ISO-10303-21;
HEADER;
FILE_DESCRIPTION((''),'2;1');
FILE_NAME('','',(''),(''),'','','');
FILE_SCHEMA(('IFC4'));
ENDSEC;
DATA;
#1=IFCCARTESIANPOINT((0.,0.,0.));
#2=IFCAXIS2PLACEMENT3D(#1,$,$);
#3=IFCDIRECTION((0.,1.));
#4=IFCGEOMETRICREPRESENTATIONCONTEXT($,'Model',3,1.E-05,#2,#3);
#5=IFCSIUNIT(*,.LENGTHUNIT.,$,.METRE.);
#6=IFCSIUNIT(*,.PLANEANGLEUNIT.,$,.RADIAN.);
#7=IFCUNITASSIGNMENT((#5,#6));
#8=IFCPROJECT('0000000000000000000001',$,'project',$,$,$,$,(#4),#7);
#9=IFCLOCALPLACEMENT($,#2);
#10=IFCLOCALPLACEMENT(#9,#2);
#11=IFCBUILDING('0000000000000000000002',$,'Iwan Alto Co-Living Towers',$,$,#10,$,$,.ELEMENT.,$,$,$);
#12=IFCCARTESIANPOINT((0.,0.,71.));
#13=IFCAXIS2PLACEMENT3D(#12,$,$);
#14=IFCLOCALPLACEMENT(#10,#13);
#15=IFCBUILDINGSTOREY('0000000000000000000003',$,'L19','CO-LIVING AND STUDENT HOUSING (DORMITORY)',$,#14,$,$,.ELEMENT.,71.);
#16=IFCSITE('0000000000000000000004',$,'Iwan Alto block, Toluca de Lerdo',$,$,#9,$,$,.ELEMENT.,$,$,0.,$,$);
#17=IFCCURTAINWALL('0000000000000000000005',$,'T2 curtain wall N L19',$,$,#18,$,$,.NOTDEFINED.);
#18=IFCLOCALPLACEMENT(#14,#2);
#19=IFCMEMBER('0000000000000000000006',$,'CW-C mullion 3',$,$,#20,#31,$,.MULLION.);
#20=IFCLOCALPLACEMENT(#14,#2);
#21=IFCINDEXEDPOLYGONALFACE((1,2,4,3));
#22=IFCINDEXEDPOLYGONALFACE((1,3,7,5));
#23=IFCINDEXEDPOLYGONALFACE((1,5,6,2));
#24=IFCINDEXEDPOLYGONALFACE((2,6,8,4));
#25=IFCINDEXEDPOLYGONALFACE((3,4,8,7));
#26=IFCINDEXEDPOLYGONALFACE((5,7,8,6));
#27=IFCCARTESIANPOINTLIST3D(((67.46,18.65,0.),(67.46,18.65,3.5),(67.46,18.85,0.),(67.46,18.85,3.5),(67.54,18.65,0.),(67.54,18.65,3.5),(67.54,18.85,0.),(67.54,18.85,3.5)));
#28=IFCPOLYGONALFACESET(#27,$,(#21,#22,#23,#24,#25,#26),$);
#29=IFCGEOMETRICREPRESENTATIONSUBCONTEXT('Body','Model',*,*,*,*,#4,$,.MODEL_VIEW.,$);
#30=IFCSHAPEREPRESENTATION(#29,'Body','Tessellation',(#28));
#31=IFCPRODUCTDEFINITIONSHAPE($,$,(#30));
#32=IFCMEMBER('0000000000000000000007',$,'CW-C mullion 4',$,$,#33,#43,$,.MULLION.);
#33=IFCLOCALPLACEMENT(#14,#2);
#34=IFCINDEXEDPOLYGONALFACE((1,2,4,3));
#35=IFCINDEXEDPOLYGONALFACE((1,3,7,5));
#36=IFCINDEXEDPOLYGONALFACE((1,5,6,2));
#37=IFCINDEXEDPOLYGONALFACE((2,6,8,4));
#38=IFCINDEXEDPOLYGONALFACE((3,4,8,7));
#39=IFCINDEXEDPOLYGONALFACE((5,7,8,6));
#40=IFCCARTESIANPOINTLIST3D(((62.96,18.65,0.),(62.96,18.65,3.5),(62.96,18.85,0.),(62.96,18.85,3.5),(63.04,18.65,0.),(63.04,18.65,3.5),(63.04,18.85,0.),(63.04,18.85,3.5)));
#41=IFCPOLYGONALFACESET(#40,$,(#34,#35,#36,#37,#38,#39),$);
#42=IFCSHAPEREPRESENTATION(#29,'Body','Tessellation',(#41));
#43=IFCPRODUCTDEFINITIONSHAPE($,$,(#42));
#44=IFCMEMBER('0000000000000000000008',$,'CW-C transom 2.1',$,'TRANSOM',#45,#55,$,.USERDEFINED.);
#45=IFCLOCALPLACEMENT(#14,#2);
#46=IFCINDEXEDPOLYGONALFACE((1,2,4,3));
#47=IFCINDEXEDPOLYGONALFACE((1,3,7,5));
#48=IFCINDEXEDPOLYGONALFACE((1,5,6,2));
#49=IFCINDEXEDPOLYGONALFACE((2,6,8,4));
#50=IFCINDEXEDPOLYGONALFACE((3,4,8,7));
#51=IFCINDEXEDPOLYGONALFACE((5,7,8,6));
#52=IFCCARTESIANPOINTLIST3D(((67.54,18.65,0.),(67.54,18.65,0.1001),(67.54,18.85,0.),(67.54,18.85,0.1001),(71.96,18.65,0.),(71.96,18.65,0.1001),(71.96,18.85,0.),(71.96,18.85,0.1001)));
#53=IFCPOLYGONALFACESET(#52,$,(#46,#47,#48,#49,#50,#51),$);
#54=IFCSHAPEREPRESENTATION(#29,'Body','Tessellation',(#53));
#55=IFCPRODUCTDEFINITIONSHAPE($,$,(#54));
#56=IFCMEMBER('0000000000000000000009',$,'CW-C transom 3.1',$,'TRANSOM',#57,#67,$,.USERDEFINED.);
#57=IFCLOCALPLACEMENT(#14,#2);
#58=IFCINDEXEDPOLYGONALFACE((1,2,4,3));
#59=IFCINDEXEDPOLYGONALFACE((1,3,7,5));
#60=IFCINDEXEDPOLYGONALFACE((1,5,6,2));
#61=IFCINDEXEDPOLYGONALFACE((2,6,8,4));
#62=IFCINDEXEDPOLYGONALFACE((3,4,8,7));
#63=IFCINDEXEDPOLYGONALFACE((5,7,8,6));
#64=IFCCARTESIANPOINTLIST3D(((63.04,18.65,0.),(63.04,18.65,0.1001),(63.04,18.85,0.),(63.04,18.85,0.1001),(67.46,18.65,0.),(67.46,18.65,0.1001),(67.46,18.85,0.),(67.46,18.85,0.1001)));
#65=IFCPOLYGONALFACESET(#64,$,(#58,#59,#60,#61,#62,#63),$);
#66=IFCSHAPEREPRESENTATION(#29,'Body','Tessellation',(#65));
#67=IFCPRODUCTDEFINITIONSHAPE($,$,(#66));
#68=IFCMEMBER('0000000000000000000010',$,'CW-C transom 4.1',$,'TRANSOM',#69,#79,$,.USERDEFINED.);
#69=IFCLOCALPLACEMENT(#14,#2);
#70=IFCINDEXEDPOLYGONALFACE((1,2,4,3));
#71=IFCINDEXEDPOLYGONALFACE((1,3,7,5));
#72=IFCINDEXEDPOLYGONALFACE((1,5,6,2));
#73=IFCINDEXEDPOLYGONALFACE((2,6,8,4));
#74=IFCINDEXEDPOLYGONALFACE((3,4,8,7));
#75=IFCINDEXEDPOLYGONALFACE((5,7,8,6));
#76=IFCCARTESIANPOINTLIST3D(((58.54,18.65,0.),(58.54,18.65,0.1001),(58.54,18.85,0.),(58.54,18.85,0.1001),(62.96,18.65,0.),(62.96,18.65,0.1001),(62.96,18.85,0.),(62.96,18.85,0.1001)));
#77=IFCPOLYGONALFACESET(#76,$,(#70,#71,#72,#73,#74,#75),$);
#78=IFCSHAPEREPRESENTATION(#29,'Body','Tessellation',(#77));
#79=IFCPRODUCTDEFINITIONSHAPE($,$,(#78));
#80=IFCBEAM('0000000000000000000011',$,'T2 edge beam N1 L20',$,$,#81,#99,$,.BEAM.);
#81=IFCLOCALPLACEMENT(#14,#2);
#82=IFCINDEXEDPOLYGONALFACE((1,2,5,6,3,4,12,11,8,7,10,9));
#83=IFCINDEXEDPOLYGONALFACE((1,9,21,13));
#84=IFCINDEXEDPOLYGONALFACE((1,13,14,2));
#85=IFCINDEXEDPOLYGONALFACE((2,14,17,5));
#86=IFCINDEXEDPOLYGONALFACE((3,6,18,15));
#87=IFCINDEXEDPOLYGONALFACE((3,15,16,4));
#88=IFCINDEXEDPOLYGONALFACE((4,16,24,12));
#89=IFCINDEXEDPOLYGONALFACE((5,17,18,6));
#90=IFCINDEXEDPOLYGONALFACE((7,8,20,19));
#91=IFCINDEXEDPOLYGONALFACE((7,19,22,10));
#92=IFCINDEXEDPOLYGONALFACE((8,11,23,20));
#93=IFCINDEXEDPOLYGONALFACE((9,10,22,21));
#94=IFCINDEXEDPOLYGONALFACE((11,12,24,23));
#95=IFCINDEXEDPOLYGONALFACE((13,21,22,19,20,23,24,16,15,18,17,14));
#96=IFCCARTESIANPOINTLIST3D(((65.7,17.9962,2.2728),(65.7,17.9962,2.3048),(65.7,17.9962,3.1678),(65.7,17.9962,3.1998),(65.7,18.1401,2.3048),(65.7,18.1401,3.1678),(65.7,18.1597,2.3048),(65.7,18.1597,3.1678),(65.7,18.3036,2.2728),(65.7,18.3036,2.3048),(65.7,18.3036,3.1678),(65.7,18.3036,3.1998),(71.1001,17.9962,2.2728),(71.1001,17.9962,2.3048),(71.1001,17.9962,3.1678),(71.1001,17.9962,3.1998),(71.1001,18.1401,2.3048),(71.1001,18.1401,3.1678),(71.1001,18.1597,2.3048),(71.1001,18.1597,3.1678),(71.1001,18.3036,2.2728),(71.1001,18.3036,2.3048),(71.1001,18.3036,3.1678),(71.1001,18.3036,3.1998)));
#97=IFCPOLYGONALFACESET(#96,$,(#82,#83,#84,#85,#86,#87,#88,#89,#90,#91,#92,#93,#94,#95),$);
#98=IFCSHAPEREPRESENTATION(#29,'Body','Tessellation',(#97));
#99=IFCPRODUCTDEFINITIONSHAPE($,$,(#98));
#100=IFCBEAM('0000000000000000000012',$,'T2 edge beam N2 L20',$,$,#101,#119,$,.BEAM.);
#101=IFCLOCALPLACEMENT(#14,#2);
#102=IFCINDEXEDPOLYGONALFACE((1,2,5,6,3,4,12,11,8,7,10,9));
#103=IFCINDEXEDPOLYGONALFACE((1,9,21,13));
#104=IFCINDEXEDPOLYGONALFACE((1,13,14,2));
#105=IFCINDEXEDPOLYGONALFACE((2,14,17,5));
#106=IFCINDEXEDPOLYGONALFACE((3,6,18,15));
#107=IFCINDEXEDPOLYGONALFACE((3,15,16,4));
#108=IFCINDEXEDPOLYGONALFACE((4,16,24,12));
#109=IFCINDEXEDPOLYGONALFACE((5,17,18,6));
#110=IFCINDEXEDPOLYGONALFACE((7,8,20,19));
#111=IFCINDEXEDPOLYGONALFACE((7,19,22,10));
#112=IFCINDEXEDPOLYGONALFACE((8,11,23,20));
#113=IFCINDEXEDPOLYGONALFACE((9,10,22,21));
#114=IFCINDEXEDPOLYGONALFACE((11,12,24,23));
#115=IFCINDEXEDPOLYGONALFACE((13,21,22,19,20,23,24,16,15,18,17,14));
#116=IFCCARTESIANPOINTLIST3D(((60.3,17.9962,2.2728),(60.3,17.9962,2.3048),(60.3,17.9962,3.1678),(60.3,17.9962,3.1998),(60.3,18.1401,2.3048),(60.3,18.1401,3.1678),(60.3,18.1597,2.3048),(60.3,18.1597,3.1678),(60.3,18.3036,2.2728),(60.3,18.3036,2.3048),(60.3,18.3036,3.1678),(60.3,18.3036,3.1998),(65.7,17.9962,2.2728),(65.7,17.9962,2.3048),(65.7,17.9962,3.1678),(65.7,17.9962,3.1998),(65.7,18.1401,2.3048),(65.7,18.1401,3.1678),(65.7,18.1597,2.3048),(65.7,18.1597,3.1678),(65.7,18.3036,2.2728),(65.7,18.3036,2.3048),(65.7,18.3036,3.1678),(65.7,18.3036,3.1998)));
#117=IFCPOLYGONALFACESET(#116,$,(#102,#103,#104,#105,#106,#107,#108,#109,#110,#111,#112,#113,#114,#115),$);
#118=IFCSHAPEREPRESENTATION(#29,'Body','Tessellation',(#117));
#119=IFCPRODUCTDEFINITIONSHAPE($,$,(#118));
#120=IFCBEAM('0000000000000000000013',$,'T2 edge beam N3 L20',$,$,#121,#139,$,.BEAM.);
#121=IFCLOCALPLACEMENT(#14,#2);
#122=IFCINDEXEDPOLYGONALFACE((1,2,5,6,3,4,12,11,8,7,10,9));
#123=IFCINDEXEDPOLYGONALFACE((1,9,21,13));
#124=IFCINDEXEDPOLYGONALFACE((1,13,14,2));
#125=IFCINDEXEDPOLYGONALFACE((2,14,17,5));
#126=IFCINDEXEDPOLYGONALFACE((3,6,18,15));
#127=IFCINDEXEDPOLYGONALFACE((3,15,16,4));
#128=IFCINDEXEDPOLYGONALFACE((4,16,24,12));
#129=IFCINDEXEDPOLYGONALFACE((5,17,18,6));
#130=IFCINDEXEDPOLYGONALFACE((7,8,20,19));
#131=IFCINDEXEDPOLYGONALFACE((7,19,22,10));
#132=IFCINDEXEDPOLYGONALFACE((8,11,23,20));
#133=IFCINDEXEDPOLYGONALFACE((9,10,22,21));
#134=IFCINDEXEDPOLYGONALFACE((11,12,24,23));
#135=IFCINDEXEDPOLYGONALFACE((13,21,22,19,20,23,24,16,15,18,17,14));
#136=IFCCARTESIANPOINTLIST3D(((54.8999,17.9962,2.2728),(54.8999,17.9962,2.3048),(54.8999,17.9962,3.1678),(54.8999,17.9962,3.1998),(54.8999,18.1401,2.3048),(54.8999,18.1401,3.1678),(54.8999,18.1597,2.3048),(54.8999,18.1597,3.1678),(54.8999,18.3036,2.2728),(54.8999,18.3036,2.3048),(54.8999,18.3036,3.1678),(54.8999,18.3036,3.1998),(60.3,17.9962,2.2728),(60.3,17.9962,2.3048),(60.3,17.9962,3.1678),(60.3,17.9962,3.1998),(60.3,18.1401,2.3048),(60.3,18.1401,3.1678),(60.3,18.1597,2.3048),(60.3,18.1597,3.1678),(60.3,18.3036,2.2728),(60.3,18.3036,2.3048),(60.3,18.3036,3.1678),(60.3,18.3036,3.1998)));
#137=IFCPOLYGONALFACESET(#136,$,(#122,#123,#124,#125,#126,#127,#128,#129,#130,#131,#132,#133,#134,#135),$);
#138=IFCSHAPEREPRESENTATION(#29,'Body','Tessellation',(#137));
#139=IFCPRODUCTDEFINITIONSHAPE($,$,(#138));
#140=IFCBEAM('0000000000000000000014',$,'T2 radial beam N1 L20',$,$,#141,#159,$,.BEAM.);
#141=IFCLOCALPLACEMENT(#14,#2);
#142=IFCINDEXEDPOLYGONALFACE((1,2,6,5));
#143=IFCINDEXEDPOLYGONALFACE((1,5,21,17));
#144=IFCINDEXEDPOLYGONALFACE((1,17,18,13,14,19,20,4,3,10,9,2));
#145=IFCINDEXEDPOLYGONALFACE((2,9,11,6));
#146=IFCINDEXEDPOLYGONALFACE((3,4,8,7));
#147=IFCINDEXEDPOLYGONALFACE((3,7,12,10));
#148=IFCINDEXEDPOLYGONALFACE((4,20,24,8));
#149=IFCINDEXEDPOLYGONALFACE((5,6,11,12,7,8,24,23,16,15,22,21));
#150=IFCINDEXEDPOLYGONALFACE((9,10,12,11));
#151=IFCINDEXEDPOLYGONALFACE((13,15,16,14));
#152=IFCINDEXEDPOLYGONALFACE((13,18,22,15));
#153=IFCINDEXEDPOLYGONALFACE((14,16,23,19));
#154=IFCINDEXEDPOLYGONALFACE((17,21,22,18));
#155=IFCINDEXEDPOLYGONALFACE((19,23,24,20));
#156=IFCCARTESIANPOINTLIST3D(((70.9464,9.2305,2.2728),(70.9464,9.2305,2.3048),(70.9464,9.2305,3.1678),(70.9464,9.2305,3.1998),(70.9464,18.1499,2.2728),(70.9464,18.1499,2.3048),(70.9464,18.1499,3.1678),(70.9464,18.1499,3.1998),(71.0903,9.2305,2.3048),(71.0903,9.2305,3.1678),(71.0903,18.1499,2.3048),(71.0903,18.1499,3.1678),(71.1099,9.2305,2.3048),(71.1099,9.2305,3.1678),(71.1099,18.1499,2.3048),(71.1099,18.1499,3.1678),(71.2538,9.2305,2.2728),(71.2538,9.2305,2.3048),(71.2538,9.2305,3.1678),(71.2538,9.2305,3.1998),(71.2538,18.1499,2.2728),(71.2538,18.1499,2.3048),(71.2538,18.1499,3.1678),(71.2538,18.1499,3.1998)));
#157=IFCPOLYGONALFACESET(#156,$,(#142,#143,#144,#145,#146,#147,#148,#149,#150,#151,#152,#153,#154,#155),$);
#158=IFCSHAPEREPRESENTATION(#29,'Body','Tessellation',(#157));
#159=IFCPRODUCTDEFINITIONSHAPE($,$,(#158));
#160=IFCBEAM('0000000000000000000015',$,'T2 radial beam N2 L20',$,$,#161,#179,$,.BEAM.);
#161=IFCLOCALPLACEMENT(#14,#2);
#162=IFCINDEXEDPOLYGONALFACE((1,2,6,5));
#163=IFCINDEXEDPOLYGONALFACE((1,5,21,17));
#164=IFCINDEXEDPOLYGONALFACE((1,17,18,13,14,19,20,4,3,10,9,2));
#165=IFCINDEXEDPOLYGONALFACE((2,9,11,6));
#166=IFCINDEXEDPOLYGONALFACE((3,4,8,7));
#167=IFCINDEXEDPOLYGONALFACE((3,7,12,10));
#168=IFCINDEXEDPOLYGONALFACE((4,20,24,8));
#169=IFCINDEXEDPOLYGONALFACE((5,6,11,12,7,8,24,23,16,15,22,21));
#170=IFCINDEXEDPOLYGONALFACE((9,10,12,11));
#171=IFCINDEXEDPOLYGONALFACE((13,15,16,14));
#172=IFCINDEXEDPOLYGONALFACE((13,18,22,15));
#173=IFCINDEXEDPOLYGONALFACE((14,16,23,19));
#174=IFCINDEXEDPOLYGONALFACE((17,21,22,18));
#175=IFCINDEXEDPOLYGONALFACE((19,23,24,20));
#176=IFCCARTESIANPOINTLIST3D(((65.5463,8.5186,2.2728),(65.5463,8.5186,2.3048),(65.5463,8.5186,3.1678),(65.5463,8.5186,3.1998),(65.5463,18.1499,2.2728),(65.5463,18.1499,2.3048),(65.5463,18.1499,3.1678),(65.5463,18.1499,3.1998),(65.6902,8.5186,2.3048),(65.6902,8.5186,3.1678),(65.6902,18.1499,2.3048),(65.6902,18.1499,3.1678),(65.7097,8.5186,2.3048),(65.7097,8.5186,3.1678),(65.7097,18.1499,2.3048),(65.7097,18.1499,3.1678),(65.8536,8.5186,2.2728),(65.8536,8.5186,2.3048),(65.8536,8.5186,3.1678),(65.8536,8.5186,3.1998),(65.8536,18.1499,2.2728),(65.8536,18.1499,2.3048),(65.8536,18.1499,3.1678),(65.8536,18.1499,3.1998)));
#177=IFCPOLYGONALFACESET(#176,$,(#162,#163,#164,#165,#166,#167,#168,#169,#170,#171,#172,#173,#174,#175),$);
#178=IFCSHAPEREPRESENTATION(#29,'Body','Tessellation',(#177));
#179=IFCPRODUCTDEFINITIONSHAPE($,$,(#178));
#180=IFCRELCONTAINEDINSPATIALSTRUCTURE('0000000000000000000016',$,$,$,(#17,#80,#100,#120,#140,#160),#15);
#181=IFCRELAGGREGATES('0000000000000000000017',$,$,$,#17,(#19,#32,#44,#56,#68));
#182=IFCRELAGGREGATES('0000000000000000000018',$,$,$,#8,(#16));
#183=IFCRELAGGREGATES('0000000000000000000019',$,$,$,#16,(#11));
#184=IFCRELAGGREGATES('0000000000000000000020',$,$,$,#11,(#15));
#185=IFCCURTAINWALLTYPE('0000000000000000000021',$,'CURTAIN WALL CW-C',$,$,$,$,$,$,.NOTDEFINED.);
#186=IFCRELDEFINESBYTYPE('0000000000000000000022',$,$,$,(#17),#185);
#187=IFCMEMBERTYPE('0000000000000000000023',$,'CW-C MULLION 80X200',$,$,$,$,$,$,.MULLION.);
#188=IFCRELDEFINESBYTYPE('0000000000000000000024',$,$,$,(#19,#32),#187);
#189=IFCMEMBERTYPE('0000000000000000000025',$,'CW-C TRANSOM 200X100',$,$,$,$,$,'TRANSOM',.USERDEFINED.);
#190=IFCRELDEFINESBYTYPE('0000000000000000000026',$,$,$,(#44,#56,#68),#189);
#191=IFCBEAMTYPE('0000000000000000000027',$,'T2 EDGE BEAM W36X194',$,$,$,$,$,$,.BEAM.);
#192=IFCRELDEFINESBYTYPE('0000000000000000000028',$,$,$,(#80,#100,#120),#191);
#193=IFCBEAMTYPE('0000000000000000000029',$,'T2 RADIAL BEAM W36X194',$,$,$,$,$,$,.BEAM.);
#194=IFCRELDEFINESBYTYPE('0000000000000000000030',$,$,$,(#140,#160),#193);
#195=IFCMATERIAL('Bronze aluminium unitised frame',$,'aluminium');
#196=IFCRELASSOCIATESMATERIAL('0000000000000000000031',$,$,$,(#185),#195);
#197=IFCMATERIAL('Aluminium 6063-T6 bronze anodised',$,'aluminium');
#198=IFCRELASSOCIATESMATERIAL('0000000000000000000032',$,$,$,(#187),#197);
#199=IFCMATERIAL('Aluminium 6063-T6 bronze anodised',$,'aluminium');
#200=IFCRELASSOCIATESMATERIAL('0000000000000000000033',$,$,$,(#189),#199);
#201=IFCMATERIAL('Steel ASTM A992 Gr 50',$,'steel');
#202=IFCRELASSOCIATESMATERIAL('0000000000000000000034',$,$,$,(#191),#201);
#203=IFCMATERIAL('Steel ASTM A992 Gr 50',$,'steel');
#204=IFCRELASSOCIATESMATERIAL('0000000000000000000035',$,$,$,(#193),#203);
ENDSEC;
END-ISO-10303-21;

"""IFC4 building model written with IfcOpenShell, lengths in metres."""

from ifc_helpers import new_model, si_unit, direction, frame, origin, origin_2d, place, context, subcontext, project, spatial, rectangle, i_section, extrude, material, material_profile, profile_set, type_object, element, aggregate, save


model = new_model("IFC4")

# Units and contexts
model_context = context("Model", 3, precision=1e-05, world=origin(), true_north=direction((0.0, 1.0)))
body_context = subcontext(model_context, "Body", "Model", "MODEL_VIEW")
ifc_project = project(units=[si_unit("LENGTHUNIT", "METRE"), si_unit("PLANEANGLEUNIT", "RADIAN")], contexts=[model_context])

# Site, building, storey
site_placement = place(None, origin())
site = spatial("IfcSite", under=ifc_project, at=site_placement, Name="Iwan Alto block, Toluca de Lerdo", CompositionType="ELEMENT", RefElevation=0.0)
building_placement = place(site_placement, origin())
building = spatial("IfcBuilding", under=site, at=building_placement, Name="Iwan Alto Co-Living Towers", CompositionType="ELEMENT")
storey_placement = place(building_placement, frame((0.0, 0.0, 71.0)))
storey = spatial("IfcBuildingStorey", under=building, at=storey_placement, Name="L19", Description="CO-LIVING AND STUDENT HOUSING (DORMITORY)", CompositionType="ELEMENT", Elevation=71.0)

# Curtain wall, members
ifc_material_1 = material(Name="Bronze aluminium unitised frame", Category="aluminium")
curtain_wall_type = type_object("IfcCurtainWallType", Name="CURTAIN WALL CW-C", PredefinedType="NOTDEFINED", material=ifc_material_1)
curtain_wall_placement = place(storey_placement, origin())
curtain_wall = element("IfcCurtainWall", 1, at=curtain_wall_placement, inside=storey, type_object=curtain_wall_type, Name="T2 curtain wall N L19", PredefinedType="NOTDEFINED")
ifc_material_2 = material(Name="Aluminium 6063-T6 bronze anodised", Category="aluminium")
ifc_material_profile_1 = material_profile(ifc_material_2, rectangle(XDim=0.2, YDim=0.0801, at=origin_2d()), Name="AL 80X200")
ifc_profile_set_1 = profile_set([ifc_material_profile_1], Name="Aluminium 6063-T6 bronze anodised")
member_type_1 = type_object("IfcMemberType", Name="CW-C MULLION 80X200", PredefinedType="MULLION", material=ifc_profile_set_1)
member_1_placement = place(storey_placement, frame((67.5, 18.75, 0.0), z_axis=(0.0, 0.0, 1.0), x_axis=(0.0, -1.0, 0.0)))
member_1 = element("IfcMember", 2, at=member_1_placement, type_object=member_type_1, Name="CW-C mullion 3", PredefinedType="MULLION", context=body_context, shape_type="SweptSolid", body=[
    extrude(rectangle(XDim=0.2, YDim=0.0801, at=origin_2d()), origin(), (0.0, 0.0, 1.0), 3.5),
])
member_2_placement = place(storey_placement, frame((63.0, 18.75, 0.0), z_axis=(0.0, 0.0, 1.0), x_axis=(0.0, -1.0, 0.0)))
member_2 = element("IfcMember", 3, at=member_2_placement, type_object=member_type_1, Name="CW-C mullion 4", PredefinedType="MULLION", context=body_context, shape_type="SweptSolid", body=[
    extrude(rectangle(XDim=0.2, YDim=0.0801, at=origin_2d()), origin(), (0.0, 0.0, 1.0), 3.5),
])
ifc_material_3 = material(Name="Aluminium 6063-T6 bronze anodised", Category="aluminium")
ifc_material_profile_2 = material_profile(ifc_material_3, rectangle(XDim=0.2, YDim=0.1001, at=origin_2d()), Name="AL 200X100")
ifc_profile_set_2 = profile_set([ifc_material_profile_2], Name="Aluminium 6063-T6 bronze anodised")
member_type_2 = type_object("IfcMemberType", Name="CW-C TRANSOM 200X100", ElementType="TRANSOM", PredefinedType="USERDEFINED", material=ifc_profile_set_2)
member_3_placement = place(storey_placement, frame((71.96, 18.75, 0.05), z_axis=(-1.0, 0.0, 0.0), x_axis=(0.0, -1.0, 0.0)))
member_3 = element("IfcMember", 4, at=member_3_placement, type_object=member_type_2, Name="CW-C transom 2.1", ObjectType="TRANSOM", PredefinedType="USERDEFINED", context=body_context, shape_type="SweptSolid", body=[
    extrude(rectangle(XDim=0.2, YDim=0.1001, at=origin_2d()), origin(), (0.0, 0.0, 1.0), 4.4199),
])
member_4_placement = place(storey_placement, frame((67.46, 18.75, 0.05), z_axis=(-1.0, 0.0, 0.0), x_axis=(0.0, -1.0, 0.0)))
member_4 = element("IfcMember", 5, at=member_4_placement, type_object=member_type_2, Name="CW-C transom 3.1", ObjectType="TRANSOM", PredefinedType="USERDEFINED", context=body_context, shape_type="SweptSolid", body=[
    extrude(rectangle(XDim=0.2, YDim=0.1001, at=origin_2d()), origin(), (0.0, 0.0, 1.0), 4.4199),
])
member_5_placement = place(storey_placement, frame((62.96, 18.75, 0.05), z_axis=(-1.0, 0.0, 0.0), x_axis=(0.0, -1.0, 0.0)))
member_5 = element("IfcMember", 6, at=member_5_placement, type_object=member_type_2, Name="CW-C transom 4.1", ObjectType="TRANSOM", PredefinedType="USERDEFINED", context=body_context, shape_type="SweptSolid", body=[
    extrude(rectangle(XDim=0.2, YDim=0.1001, at=origin_2d()), origin(), (0.0, 0.0, 1.0), 4.4199),
])

# Beams
ifc_material_4 = material(Name="Steel ASTM A992 Gr 50", Category="steel")
ifc_material_profile_3 = material_profile(ifc_material_4, i_section(OverallWidth=0.3074, OverallDepth=0.927, WebThickness=0.0195, FlangeThickness=0.032, at=origin_2d()), Name="W36X194")
ifc_profile_set_3 = profile_set([ifc_material_profile_3], Name="Steel ASTM A992 Gr 50")
beam_type_1 = type_object("IfcBeamType", Name="T2 EDGE BEAM W36X194", PredefinedType="BEAM", material=ifc_profile_set_3)
beam_1_placement = place(storey_placement, frame((71.1001, 18.1499, 2.7363), z_axis=(-1.0, 0.0, 0.0), x_axis=(0.0, -1.0, 0.0)))
element("IfcBeam", 7, at=beam_1_placement, inside=storey, type_object=beam_type_1, Name="T2 edge beam N1 L20", PredefinedType="BEAM", context=body_context, shape_type="SweptSolid", body=[
    extrude(i_section(OverallWidth=0.3074, OverallDepth=0.927, WebThickness=0.0195, FlangeThickness=0.032, at=origin_2d()), origin(), (0.0, 0.0, 1.0), 5.4001),
])
beam_2_placement = place(storey_placement, frame((65.7, 18.1499, 2.7363), z_axis=(-1.0, 0.0, 0.0), x_axis=(0.0, -1.0, 0.0)))
element("IfcBeam", 8, at=beam_2_placement, inside=storey, type_object=beam_type_1, Name="T2 edge beam N2 L20", PredefinedType="BEAM", context=body_context, shape_type="SweptSolid", body=[
    extrude(i_section(OverallWidth=0.3074, OverallDepth=0.927, WebThickness=0.0195, FlangeThickness=0.032, at=origin_2d()), origin(), (0.0, 0.0, 1.0), 5.3999),
])
beam_3_placement = place(storey_placement, frame((60.3, 18.1499, 2.7363), z_axis=(-1.0, 0.0, 0.0), x_axis=(0.0, -1.0, 0.0)))
element("IfcBeam", 9, at=beam_3_placement, inside=storey, type_object=beam_type_1, Name="T2 edge beam N3 L20", PredefinedType="BEAM", context=body_context, shape_type="SweptSolid", body=[
    extrude(i_section(OverallWidth=0.3074, OverallDepth=0.927, WebThickness=0.0195, FlangeThickness=0.032, at=origin_2d()), origin(), (0.0, 0.0, 1.0), 5.4001),
])
ifc_material_5 = material(Name="Steel ASTM A992 Gr 50", Category="steel")
ifc_material_profile_4 = material_profile(ifc_material_5, i_section(OverallWidth=0.3074, OverallDepth=0.927, WebThickness=0.0195, FlangeThickness=0.032, at=origin_2d()), Name="W36X194")
ifc_profile_set_4 = profile_set([ifc_material_profile_4], Name="Steel ASTM A992 Gr 50")
beam_type_2 = type_object("IfcBeamType", Name="T2 RADIAL BEAM W36X194", PredefinedType="BEAM", material=ifc_profile_set_4)
beam_4_placement = place(storey_placement, frame((71.1001, 18.1499, 2.7363), z_axis=(0.0, -1.0, 0.0), x_axis=(1.0, 0.0, 0.0)))
element("IfcBeam", 10, at=beam_4_placement, inside=storey, type_object=beam_type_2, Name="T2 radial beam N1 L20", PredefinedType="BEAM", context=body_context, shape_type="SweptSolid", body=[
    extrude(i_section(OverallWidth=0.3074, OverallDepth=0.927, WebThickness=0.0195, FlangeThickness=0.032, at=origin_2d()), origin(), (0.0, 0.0, 1.0), 8.9194),
])
for number, where, z_axis, x_axis, name in (
    (11, (65.7, 18.1499, 2.7363), (0.0, -1.0, 0.0), (1.0, 0.0, 0.0), "T2 radial beam N2 L20"),
):
    element("IfcBeam", number, at=place(storey_placement, frame(where, z_axis=z_axis, x_axis=x_axis)), inside=storey, type_object=beam_type_2, Name=name, PredefinedType="BEAM", context=body_context, shape_type="SweptSolid", body=[
        extrude(i_section(OverallWidth=0.3074, OverallDepth=0.927, WebThickness=0.0195, FlangeThickness=0.032, at=origin_2d()), origin(), (0.0, 0.0, 1.0), 9.6313),
    ])

aggregate(curtain_wall, [member_1, member_2, member_3, member_4, member_5])

save(model, "model.ifc")
